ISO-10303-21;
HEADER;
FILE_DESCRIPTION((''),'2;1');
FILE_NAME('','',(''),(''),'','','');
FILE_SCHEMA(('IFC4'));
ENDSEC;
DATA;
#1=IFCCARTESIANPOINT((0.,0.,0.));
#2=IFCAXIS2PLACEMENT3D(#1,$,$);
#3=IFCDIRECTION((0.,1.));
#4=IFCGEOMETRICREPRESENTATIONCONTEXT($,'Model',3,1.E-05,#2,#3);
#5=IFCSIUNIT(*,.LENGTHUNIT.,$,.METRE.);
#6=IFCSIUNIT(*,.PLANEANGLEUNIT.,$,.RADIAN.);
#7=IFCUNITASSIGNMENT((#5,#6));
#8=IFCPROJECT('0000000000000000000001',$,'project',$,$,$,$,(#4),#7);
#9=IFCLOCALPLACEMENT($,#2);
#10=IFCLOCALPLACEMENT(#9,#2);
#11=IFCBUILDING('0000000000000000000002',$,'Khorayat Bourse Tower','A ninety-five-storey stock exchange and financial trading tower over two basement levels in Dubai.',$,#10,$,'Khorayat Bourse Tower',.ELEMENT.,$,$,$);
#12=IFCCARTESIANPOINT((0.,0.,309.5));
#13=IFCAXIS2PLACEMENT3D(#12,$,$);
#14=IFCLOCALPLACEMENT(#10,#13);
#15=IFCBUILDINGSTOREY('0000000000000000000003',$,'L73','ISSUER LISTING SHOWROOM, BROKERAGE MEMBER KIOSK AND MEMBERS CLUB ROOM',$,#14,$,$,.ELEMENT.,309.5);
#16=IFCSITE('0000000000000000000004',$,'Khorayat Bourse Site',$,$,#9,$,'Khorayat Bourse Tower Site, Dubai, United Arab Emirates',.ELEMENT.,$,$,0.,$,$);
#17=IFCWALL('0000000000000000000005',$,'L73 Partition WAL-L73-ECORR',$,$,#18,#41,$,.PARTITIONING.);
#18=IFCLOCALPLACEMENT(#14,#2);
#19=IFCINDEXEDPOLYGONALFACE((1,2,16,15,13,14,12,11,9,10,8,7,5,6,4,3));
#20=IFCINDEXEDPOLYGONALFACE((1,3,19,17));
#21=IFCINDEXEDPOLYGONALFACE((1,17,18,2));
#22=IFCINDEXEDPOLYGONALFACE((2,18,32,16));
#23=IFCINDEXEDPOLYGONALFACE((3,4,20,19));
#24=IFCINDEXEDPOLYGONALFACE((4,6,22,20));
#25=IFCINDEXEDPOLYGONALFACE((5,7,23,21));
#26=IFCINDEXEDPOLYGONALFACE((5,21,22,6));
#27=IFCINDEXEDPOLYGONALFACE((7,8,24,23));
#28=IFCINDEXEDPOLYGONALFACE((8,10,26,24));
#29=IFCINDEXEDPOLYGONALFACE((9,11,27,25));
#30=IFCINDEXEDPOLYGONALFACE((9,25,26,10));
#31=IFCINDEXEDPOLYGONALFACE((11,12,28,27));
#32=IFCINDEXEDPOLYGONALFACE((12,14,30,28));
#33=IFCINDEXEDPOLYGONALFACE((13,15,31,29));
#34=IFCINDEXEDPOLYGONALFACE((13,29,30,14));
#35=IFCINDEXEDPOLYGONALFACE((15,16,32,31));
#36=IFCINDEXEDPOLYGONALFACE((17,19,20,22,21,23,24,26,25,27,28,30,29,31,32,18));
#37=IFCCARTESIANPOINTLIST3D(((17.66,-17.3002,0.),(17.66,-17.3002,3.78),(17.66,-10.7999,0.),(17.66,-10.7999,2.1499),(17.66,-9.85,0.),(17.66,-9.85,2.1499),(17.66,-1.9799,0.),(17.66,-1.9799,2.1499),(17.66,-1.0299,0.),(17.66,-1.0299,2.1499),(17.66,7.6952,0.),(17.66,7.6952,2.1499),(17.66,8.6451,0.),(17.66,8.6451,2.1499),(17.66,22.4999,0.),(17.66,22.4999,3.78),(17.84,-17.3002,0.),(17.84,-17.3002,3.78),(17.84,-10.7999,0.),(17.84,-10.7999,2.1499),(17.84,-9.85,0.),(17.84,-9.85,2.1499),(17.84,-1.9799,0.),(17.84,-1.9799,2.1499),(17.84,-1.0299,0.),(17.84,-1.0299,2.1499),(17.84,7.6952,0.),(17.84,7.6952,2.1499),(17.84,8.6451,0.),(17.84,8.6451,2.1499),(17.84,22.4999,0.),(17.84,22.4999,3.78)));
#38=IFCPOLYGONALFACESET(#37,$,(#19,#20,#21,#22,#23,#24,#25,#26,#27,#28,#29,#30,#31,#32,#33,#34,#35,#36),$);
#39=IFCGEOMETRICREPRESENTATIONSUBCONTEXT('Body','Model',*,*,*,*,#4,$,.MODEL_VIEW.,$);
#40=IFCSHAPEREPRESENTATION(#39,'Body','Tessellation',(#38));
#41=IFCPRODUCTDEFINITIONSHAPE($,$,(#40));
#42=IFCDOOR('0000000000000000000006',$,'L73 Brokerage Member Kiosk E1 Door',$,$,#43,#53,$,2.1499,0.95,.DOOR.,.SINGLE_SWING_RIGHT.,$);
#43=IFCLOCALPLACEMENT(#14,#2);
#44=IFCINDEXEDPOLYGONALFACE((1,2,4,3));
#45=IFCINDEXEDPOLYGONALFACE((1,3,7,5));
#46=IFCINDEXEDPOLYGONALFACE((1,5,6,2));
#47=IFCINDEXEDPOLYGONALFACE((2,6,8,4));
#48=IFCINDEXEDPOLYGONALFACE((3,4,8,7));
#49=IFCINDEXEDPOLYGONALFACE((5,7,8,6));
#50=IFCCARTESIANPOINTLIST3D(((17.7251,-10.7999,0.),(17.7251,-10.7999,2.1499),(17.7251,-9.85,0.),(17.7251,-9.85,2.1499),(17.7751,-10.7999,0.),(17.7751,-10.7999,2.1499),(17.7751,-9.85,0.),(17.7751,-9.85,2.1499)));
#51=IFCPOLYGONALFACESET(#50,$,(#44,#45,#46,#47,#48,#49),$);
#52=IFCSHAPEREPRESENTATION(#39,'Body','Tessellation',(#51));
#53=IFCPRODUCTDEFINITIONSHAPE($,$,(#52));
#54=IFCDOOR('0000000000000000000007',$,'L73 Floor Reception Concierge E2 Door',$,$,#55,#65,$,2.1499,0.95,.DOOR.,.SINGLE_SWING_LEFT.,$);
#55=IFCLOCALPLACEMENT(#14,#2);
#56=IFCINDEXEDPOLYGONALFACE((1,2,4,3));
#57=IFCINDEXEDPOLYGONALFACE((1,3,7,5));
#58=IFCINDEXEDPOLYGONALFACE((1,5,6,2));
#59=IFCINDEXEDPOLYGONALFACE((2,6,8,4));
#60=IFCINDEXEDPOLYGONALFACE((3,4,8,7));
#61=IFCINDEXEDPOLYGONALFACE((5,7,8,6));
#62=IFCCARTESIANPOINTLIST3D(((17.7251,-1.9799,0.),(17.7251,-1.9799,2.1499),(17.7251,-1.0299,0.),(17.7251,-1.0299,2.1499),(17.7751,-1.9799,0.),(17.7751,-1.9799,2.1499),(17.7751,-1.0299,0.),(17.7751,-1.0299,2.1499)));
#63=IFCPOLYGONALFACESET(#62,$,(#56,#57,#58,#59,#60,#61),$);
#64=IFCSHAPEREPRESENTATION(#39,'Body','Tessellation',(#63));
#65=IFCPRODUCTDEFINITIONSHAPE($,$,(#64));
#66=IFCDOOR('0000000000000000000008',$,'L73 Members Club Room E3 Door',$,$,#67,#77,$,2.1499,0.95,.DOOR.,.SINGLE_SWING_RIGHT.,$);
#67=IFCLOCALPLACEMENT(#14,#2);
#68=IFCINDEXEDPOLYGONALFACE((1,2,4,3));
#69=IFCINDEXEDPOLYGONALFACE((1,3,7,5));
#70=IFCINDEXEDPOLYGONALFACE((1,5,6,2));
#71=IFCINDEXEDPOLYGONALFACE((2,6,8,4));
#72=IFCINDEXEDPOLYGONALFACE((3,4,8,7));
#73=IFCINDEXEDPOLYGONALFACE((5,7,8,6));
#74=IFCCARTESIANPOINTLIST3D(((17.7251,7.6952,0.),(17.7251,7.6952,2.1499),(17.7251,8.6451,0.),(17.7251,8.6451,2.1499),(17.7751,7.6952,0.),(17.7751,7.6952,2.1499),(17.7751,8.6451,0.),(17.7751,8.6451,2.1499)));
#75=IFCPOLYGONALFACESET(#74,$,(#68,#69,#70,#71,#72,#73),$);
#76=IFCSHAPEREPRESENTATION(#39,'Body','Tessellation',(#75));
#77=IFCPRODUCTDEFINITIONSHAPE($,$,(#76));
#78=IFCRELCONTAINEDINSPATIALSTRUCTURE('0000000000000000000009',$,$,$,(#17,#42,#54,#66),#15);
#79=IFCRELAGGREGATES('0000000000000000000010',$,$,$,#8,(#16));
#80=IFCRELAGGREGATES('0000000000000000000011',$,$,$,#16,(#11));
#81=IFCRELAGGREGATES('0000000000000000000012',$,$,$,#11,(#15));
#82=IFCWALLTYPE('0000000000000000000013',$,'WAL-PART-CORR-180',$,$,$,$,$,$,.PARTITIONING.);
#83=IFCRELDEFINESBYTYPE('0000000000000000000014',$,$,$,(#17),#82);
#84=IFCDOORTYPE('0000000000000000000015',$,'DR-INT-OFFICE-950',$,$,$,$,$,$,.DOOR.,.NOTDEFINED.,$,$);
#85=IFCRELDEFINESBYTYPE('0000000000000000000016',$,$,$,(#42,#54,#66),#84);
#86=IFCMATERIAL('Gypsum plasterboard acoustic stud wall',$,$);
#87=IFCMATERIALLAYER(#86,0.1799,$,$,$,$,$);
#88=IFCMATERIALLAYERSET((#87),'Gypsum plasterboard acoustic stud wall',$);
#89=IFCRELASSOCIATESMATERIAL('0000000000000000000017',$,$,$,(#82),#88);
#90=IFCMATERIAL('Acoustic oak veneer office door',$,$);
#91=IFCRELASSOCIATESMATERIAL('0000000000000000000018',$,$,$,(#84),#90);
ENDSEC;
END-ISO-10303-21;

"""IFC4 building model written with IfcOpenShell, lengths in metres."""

from ifc_helpers import new_model, si_unit, direction, frame, frame_2d, origin, place, context, subcontext, project, spatial, rectangle, extrude, source, transform, mapped, material, layer, layer_set, type_object, element, fill, save


model = new_model("IFC4")

# Units and contexts
model_context = context("Model", 3, precision=1e-05, world=origin(), true_north=direction((0.0, 1.0)))
body_context = subcontext(model_context, "Body", "Model", "MODEL_VIEW")
ifc_project = project(units=[si_unit("LENGTHUNIT", "METRE"), si_unit("PLANEANGLEUNIT", "RADIAN")], contexts=[model_context])

# Site, building, storey
site_placement = place(None, origin())
site = spatial("IfcSite", under=ifc_project, at=site_placement, Name="Khorayat Bourse Site", LongName="Khorayat Bourse Tower Site, Dubai, United Arab Emirates", CompositionType="ELEMENT", RefElevation=0.0)
building_placement = place(site_placement, origin())
building = spatial("IfcBuilding", under=site, at=building_placement, Name="Khorayat Bourse Tower", Description="A ninety-five-storey stock exchange and financial trading tower over two basement levels in Dubai.", LongName="Khorayat Bourse Tower", CompositionType="ELEMENT")
storey_placement = place(building_placement, frame((0.0, 0.0, 309.5)))
storey = spatial("IfcBuildingStorey", under=building, at=storey_placement, Name="L73", Description="ISSUER LISTING SHOWROOM, BROKERAGE MEMBER KIOSK AND MEMBERS CLUB ROOM", CompositionType="ELEMENT", Elevation=309.5)

# Shared definitions
ifc_material_1 = material(Name="Gypsum plasterboard acoustic stud wall")
ifc_layer_1 = layer(ifc_material_1, 0.1799)
ifc_layer_set_1 = layer_set([ifc_layer_1], Name="Gypsum plasterboard acoustic stud wall")
wall_type_1 = type_object("IfcWallType", Name="WAL-PART-CORR-180", PredefinedType="PARTITIONING", material=ifc_layer_set_1)

# Wall, openings, doors
shared_shape_1 = source(origin(), body_context, "Body", "SweptSolid", [
    extrude(rectangle(XDim=39.8, YDim=0.1799, at=frame_2d((19.8999, 0.0))), origin(), (0.0, 0.0, 1.0), 3.78),
])
wall_1_placement = place(storey_placement, frame((17.75, -17.3, 0.0), z_axis=(0.0, 0.0, 1.0), x_axis=(0.0, 1.0, 0.0)))
wall_1 = element("IfcWall", 1, at=wall_1_placement, inside=storey, type_object=wall_type_1, Name="L73 Partition WAL-L73-ECORR", PredefinedType="PARTITIONING", context=body_context, shape_type="MappedRepresentation", body=[
    mapped(shared_shape_1, transform((0.0, 0.0, 0.0), scale=1.0)),
])
shared_shape_2 = source(origin(), body_context, "Body", "SweptSolid", [
    extrude(rectangle(XDim=0.95, YDim=2.1499, at=frame_2d((0.4751, 1.075))), frame((0.0, 0.0999, 0.0), z_axis=(0.0, -1.0, 0.0), x_axis=(1.0, 0.0, 0.0)), (0.0, 0.0, 1.0), 0.2),
])
opening_1_placement = place(wall_1_placement, frame((6.5, 0.0, 0.0)))
opening_1 = element("IfcOpeningElement", 2, at=opening_1_placement, cuts=wall_1, PredefinedType="OPENING", context=body_context, shape_type="MappedRepresentation", body=[
    mapped(shared_shape_2, transform((0.0, 0.0, 0.0), scale=1.0)),
])
opening_2_placement = place(wall_1_placement, frame((15.3201, 0.0, 0.0)))
opening_2 = element("IfcOpeningElement", 3, at=opening_2_placement, cuts=wall_1, PredefinedType="OPENING", context=body_context, shape_type="MappedRepresentation", body=[
    mapped(shared_shape_2, transform((0.0, 0.0, 0.0), scale=1.0)),
])
opening_3_placement = place(wall_1_placement, frame((24.9951, 0.0, 0.0)))
opening_3 = element("IfcOpeningElement", 4, at=opening_3_placement, cuts=wall_1, PredefinedType="OPENING", context=body_context, shape_type="MappedRepresentation", body=[
    mapped(shared_shape_2, transform((0.0, 0.0, 0.0), scale=1.0)),
])
ifc_material_2 = material(Name="Acoustic oak veneer office door")
door_type_1 = type_object("IfcDoorType", Name="DR-INT-OFFICE-950", OperationType="NOTDEFINED", PredefinedType="DOOR", material=ifc_material_2)
shared_shape_3 = source(origin(), body_context, "Body", "SweptSolid", [
    extrude(rectangle(XDim=0.95, YDim=2.1499, at=frame_2d((0.4751, 1.075))), frame((0.0, 0.0249, 0.0), z_axis=(0.0, -1.0, 0.0), x_axis=(1.0, 0.0, 0.0)), (0.0, 0.0, 1.0), 0.05),
])
door_1_placement = place(opening_1_placement, origin())
door_1 = element("IfcDoor", 5, at=door_1_placement, inside=storey, type_object=door_type_1, Name="L73 Brokerage Member Kiosk E1 Door", OperationType="SINGLE_SWING_RIGHT", OverallHeight=2.1499, OverallWidth=0.95, PredefinedType="DOOR", context=body_context, shape_type="MappedRepresentation", body=[
    mapped(shared_shape_3, transform((0.0, 0.0, 0.0), scale=1.0)),
])
fill(opening_1, door_1)
door_2_placement = place(opening_2_placement, origin())
door_2 = element("IfcDoor", 6, at=door_2_placement, inside=storey, type_object=door_type_1, Name="L73 Floor Reception Concierge E2 Door", OperationType="SINGLE_SWING_LEFT", OverallHeight=2.1499, OverallWidth=0.95, PredefinedType="DOOR", context=body_context, shape_type="MappedRepresentation", body=[
    mapped(shared_shape_3, transform((0.0, 0.0, 0.0), scale=1.0)),
])
fill(opening_2, door_2)
door_3_placement = place(opening_3_placement, origin())
door_3 = element("IfcDoor", 7, at=door_3_placement, inside=storey, type_object=door_type_1, Name="L73 Members Club Room E3 Door", OperationType="SINGLE_SWING_RIGHT", OverallHeight=2.1499, OverallWidth=0.95, PredefinedType="DOOR", context=body_context, shape_type="MappedRepresentation", body=[
    mapped(shared_shape_3, transform((0.0, 0.0, 0.0), scale=1.0)),
])
fill(opening_3, door_3)

save(model, "model.ifc")
